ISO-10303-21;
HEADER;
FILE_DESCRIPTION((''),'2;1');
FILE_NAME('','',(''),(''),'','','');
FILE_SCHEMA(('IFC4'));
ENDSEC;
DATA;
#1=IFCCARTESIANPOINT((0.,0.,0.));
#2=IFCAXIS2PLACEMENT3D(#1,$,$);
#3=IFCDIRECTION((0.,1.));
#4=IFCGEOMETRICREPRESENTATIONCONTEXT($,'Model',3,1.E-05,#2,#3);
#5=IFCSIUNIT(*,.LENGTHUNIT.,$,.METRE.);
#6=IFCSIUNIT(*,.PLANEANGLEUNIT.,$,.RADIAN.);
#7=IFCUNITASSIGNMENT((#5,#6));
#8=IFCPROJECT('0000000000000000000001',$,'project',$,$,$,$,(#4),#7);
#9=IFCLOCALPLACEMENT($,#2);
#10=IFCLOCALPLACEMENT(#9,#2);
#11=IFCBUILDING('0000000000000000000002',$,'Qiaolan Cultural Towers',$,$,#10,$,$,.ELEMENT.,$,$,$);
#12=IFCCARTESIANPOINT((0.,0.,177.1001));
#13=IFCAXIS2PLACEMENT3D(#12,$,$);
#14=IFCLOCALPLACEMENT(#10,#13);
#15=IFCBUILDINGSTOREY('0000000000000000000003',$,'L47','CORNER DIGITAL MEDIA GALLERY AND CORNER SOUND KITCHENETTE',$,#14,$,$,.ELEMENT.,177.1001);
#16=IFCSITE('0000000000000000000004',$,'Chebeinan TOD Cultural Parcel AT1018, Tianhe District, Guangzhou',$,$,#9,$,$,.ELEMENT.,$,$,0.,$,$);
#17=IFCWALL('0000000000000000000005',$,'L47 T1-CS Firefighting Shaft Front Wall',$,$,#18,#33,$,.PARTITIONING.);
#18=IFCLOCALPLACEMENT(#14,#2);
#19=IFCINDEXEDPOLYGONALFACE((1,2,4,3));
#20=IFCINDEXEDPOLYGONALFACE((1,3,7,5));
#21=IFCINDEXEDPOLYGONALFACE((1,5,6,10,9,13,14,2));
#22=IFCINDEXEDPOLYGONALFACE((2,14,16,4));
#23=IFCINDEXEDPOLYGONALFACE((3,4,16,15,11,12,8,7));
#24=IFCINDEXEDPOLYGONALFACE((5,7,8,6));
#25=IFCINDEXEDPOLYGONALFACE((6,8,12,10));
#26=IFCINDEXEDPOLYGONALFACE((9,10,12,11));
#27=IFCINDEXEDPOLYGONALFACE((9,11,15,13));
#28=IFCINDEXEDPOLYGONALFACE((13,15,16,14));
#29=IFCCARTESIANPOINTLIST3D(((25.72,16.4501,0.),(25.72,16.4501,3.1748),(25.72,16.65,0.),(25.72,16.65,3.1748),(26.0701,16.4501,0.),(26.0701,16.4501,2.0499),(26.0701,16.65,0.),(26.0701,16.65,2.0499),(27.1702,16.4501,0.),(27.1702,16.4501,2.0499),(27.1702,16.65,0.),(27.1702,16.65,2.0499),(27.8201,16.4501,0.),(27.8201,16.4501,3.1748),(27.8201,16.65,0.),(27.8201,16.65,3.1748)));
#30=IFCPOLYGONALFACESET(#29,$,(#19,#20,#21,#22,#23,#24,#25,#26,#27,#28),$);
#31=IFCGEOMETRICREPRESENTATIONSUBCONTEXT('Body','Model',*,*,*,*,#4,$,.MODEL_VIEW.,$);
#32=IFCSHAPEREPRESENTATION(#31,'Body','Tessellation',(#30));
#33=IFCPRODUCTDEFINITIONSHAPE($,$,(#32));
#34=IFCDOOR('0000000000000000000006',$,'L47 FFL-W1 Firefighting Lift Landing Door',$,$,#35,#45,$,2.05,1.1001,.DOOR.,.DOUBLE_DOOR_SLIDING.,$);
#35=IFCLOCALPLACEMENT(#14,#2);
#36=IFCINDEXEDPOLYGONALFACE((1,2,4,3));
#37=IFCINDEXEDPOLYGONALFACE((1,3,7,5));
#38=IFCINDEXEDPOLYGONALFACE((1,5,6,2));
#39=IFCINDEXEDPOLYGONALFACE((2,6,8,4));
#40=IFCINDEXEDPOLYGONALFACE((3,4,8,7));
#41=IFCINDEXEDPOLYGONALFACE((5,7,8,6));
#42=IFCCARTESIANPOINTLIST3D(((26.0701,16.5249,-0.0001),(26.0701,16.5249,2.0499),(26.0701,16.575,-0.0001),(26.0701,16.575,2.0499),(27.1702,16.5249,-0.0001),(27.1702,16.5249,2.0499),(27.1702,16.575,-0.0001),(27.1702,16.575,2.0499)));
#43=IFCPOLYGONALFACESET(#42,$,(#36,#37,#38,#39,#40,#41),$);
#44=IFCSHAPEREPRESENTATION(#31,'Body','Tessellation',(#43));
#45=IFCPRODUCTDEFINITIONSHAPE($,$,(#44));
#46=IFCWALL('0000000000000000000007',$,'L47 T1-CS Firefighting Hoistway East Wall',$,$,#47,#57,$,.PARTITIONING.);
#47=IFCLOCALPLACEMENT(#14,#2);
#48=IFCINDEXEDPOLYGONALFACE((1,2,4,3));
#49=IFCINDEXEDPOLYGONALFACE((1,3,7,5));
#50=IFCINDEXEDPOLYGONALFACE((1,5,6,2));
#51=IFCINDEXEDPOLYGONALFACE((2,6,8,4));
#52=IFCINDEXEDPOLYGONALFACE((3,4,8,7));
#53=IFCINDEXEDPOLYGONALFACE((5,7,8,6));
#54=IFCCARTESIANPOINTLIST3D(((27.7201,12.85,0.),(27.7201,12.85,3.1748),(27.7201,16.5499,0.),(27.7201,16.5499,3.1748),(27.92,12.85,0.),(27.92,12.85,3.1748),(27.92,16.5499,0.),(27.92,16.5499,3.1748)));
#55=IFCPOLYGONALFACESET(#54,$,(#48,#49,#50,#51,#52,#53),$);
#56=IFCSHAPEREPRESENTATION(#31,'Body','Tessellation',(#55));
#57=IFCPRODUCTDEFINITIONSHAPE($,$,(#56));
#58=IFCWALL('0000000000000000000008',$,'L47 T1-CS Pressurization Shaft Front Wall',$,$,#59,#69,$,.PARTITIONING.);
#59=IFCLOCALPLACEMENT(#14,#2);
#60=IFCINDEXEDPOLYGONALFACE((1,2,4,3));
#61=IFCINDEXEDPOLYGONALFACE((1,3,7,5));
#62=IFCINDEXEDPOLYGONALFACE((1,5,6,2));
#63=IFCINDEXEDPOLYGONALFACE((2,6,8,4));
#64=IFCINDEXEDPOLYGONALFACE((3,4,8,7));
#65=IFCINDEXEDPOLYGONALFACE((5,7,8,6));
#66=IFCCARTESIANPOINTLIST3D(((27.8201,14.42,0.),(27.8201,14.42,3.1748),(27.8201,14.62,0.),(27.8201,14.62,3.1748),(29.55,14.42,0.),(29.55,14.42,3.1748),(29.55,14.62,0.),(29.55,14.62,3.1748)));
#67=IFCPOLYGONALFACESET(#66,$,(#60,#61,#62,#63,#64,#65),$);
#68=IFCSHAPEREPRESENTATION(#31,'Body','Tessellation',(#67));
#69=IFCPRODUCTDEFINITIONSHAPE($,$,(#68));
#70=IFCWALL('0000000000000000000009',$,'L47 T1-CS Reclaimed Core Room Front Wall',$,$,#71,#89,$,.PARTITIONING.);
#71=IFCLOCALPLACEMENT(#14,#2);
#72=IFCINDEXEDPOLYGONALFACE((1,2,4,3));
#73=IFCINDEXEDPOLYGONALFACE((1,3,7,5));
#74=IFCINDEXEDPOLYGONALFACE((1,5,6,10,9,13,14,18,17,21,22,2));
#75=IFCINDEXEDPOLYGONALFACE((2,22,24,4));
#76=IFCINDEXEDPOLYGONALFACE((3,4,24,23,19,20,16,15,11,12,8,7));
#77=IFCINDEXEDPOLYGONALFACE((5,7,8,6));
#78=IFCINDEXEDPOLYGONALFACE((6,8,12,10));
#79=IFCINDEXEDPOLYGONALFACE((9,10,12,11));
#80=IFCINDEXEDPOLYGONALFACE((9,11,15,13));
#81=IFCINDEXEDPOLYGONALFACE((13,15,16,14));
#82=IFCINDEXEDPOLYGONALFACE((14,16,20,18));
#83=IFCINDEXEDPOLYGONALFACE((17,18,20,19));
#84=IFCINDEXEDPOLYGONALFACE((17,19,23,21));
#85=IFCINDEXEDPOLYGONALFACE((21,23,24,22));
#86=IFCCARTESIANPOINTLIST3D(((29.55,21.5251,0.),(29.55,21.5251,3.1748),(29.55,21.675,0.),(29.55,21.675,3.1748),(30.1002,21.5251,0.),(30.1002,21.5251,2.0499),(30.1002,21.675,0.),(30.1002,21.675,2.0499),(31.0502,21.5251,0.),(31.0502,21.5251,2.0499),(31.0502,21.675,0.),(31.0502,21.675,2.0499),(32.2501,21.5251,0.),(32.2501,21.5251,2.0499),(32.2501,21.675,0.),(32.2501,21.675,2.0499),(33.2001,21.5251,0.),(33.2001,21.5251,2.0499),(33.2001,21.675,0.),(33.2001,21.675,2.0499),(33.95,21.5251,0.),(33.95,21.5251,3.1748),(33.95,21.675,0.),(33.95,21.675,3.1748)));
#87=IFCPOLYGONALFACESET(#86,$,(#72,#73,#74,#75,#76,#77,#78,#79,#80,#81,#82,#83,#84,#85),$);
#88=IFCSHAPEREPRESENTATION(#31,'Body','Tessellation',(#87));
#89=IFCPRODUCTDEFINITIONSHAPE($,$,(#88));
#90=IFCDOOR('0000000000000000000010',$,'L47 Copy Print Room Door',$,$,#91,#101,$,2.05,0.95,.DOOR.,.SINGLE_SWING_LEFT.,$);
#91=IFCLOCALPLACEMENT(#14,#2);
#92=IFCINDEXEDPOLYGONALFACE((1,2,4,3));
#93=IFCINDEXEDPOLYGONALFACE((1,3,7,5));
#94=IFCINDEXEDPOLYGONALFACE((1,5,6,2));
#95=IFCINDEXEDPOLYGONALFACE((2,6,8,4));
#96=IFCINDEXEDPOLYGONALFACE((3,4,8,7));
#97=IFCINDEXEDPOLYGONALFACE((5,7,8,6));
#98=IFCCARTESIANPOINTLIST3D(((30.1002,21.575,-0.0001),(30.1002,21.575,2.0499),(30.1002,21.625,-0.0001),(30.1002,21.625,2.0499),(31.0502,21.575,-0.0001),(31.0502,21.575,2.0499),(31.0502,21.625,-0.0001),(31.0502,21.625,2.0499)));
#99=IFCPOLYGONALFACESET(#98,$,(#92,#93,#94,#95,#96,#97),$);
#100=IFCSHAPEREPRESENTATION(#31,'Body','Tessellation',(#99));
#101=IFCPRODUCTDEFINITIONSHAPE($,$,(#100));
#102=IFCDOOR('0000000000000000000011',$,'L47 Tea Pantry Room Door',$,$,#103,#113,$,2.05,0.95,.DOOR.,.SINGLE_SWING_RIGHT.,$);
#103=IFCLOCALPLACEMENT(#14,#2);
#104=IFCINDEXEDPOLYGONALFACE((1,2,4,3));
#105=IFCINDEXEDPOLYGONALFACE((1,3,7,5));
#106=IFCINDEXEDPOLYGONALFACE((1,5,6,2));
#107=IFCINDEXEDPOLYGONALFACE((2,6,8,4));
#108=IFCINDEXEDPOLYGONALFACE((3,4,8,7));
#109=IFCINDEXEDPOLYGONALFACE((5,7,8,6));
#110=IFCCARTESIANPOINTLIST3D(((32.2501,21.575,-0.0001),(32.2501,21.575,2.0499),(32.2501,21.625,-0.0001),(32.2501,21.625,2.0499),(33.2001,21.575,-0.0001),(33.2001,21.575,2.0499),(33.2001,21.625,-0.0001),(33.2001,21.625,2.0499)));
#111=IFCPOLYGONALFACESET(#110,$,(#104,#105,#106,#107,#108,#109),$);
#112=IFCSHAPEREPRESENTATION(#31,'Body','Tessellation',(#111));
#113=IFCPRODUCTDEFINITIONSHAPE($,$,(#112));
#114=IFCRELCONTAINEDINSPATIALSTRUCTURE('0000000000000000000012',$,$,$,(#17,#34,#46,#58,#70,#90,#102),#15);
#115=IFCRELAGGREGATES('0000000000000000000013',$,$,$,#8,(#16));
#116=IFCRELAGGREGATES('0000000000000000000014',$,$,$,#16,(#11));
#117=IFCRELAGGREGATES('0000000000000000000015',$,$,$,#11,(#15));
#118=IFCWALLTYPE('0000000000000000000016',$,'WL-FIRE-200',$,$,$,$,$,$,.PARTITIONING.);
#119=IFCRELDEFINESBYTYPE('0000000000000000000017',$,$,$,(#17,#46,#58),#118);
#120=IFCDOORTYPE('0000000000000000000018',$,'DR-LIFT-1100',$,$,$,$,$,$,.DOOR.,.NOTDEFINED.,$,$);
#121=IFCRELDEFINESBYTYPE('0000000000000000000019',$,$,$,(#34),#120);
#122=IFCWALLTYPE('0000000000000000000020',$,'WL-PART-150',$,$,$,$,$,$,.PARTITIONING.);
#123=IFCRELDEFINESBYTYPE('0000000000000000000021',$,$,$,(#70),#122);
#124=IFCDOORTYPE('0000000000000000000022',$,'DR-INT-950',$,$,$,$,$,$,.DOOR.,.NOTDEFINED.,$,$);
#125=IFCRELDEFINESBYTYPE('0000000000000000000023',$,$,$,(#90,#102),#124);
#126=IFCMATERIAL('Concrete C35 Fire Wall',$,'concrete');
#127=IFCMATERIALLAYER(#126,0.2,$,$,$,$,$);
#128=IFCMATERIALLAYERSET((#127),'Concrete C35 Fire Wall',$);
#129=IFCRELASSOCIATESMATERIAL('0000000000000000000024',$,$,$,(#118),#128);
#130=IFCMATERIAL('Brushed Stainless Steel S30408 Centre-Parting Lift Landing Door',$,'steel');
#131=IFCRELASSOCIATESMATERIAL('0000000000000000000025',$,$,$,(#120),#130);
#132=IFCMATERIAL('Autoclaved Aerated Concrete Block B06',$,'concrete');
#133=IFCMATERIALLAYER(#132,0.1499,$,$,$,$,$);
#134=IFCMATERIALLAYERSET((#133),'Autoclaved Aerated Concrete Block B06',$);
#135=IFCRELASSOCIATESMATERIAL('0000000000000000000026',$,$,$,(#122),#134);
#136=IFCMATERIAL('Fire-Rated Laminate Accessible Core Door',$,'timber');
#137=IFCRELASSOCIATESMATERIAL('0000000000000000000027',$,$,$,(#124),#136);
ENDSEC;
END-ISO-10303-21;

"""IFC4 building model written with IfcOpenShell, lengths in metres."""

from ifc_helpers import new_model, si_unit, direction, frame, frame_2d, origin, place, context, subcontext, project, spatial, rectangle, extrude, material, layer, layer_set, type_object, element, fill, save


model = new_model("IFC4")

# Units and contexts
model_context = context("Model", 3, precision=1e-05, world=origin(), true_north=direction((0.0, 1.0)))
body_context = subcontext(model_context, "Body", "Model", "MODEL_VIEW")
ifc_project = project(units=[si_unit("LENGTHUNIT", "METRE"), si_unit("PLANEANGLEUNIT", "RADIAN")], contexts=[model_context])

# Site, building, storey
site_placement = place(None, origin())
site = spatial("IfcSite", under=ifc_project, at=site_placement, Name="Chebeinan TOD Cultural Parcel AT1018, Tianhe District, Guangzhou", CompositionType="ELEMENT", RefElevation=0.0)
building_placement = place(site_placement, origin())
building = spatial("IfcBuilding", under=site, at=building_placement, Name="Qiaolan Cultural Towers", CompositionType="ELEMENT")
storey_placement = place(building_placement, frame((0.0, 0.0, 177.1001)))
storey = spatial("IfcBuildingStorey", under=building, at=storey_placement, Name="L47", Description="CORNER DIGITAL MEDIA GALLERY AND CORNER SOUND KITCHENETTE", CompositionType="ELEMENT", Elevation=177.1001)

# Shared definitions
ifc_material_1 = material(Name="Concrete C35 Fire Wall", Category="concrete")
ifc_layer_1 = layer(ifc_material_1, 0.2)
ifc_layer_set_1 = layer_set([ifc_layer_1], Name="Concrete C35 Fire Wall")
wall_type_1 = type_object("IfcWallType", Name="WL-FIRE-200", PredefinedType="PARTITIONING", material=ifc_layer_set_1)

# Wall, opening, door
wall_1_placement = place(storey_placement, frame((25.72, 16.55, 0.0), z_axis=(0.0, 0.0, 1.0), x_axis=(1.0, 0.0, 0.0)))
wall_1 = element("IfcWall", 1, at=wall_1_placement, inside=storey, type_object=wall_type_1, Name="L47 T1-CS Firefighting Shaft Front Wall", PredefinedType="PARTITIONING", context=body_context, shape_type="SweptSolid", body=[
    extrude(rectangle(XDim=2.1001, YDim=0.2, at=frame_2d((1.05, 0.0))), origin(), (0.0, 0.0, 1.0), 3.1748),
])
opening_1_placement = place(wall_1_placement, frame((0.3501, 0.0, 0.0)))
opening_1 = element("IfcOpeningElement", 2, at=opening_1_placement, cuts=wall_1, PredefinedType="OPENING", context=body_context, shape_type="SweptSolid", body=[
    extrude(rectangle(XDim=1.1001, YDim=2.05, at=frame_2d((0.55, 1.0249))), frame((0.0, 0.1099, 0.0), z_axis=(0.0, -1.0, 0.0), x_axis=(1.0, 0.0, 0.0)), (0.0, 0.0, 1.0), 0.22),
])
ifc_material_2 = material(Name="Brushed Stainless Steel S30408 Centre-Parting Lift Landing Door", Category="steel")
door_type_1 = type_object("IfcDoorType", Name="DR-LIFT-1100", OperationType="NOTDEFINED", PredefinedType="DOOR", material=ifc_material_2)
door_1_placement = place(opening_1_placement, origin())
door_1 = element("IfcDoor", 3, at=door_1_placement, inside=storey, type_object=door_type_1, Name="L47 FFL-W1 Firefighting Lift Landing Door", OperationType="DOUBLE_DOOR_SLIDING", OverallHeight=2.05, OverallWidth=1.1001, PredefinedType="DOOR", context=body_context, shape_type="SweptSolid", body=[
    extrude(rectangle(XDim=1.1001, YDim=2.05, at=frame_2d((0.55, 1.0249))), frame((0.0, 0.0249, 0.0), z_axis=(0.0, -1.0, 0.0), x_axis=(1.0, 0.0, 0.0)), (0.0, 0.0, 1.0), 0.05),
])
fill(opening_1, door_1)

# Walls
wall_2_placement = place(storey_placement, frame((27.8201, 16.55, 0.0), z_axis=(0.0, 0.0, 1.0), x_axis=(0.0, -1.0, 0.0)))
element("IfcWall", 4, at=wall_2_placement, inside=storey, type_object=wall_type_1, Name="L47 T1-CS Firefighting Hoistway East Wall", PredefinedType="PARTITIONING", context=body_context, shape_type="SweptSolid", body=[
    extrude(rectangle(XDim=3.7, YDim=0.2, at=frame_2d((1.8501, 0.0))), origin(), (0.0, 0.0, 1.0), 3.1748),
])
wall_3_placement = place(storey_placement, frame((27.8201, 14.52, 0.0), z_axis=(0.0, 0.0, 1.0), x_axis=(1.0, 0.0, 0.0)))
element("IfcWall", 5, at=wall_3_placement, inside=storey, type_object=wall_type_1, Name="L47 T1-CS Pressurization Shaft Front Wall", PredefinedType="PARTITIONING", context=body_context, shape_type="SweptSolid", body=[
    extrude(rectangle(XDim=1.73, YDim=0.2, at=frame_2d((0.865, 0.0))), origin(), (0.0, 0.0, 1.0), 3.1748),
])

# Wall, openings, doors
ifc_material_3 = material(Name="Autoclaved Aerated Concrete Block B06", Category="concrete")
ifc_layer_2 = layer(ifc_material_3, 0.1499)
ifc_layer_set_2 = layer_set([ifc_layer_2], Name="Autoclaved Aerated Concrete Block B06")
wall_type_2 = type_object("IfcWallType", Name="WL-PART-150", PredefinedType="PARTITIONING", material=ifc_layer_set_2)
wall_4_placement = place(storey_placement, frame((29.55, 21.6001, 0.0), z_axis=(0.0, 0.0, 1.0), x_axis=(1.0, 0.0, 0.0)))
wall_4 = element("IfcWall", 6, at=wall_4_placement, inside=storey, type_object=wall_type_2, Name="L47 T1-CS Reclaimed Core Room Front Wall", PredefinedType="PARTITIONING", context=body_context, shape_type="SweptSolid", body=[
    extrude(rectangle(XDim=4.3999, YDim=0.1499, at=frame_2d((2.2, 0.0))), origin(), (0.0, 0.0, 1.0), 3.1748),
])
opening_2_placement = place(wall_4_placement, frame((0.55, 0.0, 0.0)))
opening_2 = element("IfcOpeningElement", 7, at=opening_2_placement, cuts=wall_4, PredefinedType="OPENING", context=body_context, shape_type="SweptSolid", body=[
    extrude(rectangle(XDim=0.95, YDim=2.05, at=frame_2d((0.4751, 1.0249))), frame((0.0, 0.085, 0.0), z_axis=(0.0, -1.0, 0.0), x_axis=(1.0, 0.0, 0.0)), (0.0, 0.0, 1.0), 0.1699),
])
opening_3_placement = place(wall_4_placement, frame((2.7, 0.0, 0.0)))
opening_3 = element("IfcOpeningElement", 8, at=opening_3_placement, cuts=wall_4, PredefinedType="OPENING", context=body_context, shape_type="SweptSolid", body=[
    extrude(rectangle(XDim=0.95, YDim=2.05, at=frame_2d((0.4751, 1.0249))), frame((0.0, 0.085, 0.0), z_axis=(0.0, -1.0, 0.0), x_axis=(1.0, 0.0, 0.0)), (0.0, 0.0, 1.0), 0.1699),
])
ifc_material_4 = material(Name="Fire-Rated Laminate Accessible Core Door", Category="timber")
door_type_2 = type_object("IfcDoorType", Name="DR-INT-950", OperationType="NOTDEFINED", PredefinedType="DOOR", material=ifc_material_4)
door_2_placement = place(opening_2_placement, origin())
door_2 = element("IfcDoor", 9, at=door_2_placement, inside=storey, type_object=door_type_2, Name="L47 Copy Print Room Door", OperationType="SINGLE_SWING_LEFT", OverallHeight=2.05, OverallWidth=0.95, PredefinedType="DOOR", context=body_context, shape_type="SweptSolid", body=[
    extrude(rectangle(XDim=0.95, YDim=2.05, at=frame_2d((0.4751, 1.0249))), frame((0.0, 0.0249, 0.0), z_axis=(0.0, -1.0, 0.0), x_axis=(1.0, 0.0, 0.0)), (0.0, 0.0, 1.0), 0.05),
])
fill(opening_2, door_2)
door_3_placement = place(opening_3_placement, origin())
door_3 = element("IfcDoor", 10, at=door_3_placement, inside=storey, type_object=door_type_2, Name="L47 Tea Pantry Room Door", OperationType="SINGLE_SWING_RIGHT", OverallHeight=2.05, OverallWidth=0.95, PredefinedType="DOOR", context=body_context, shape_type="SweptSolid", body=[
    extrude(rectangle(XDim=0.95, YDim=2.05, at=frame_2d((0.4751, 1.0249))), frame((0.0, 0.0249, 0.0), z_axis=(0.0, -1.0, 0.0), x_axis=(1.0, 0.0, 0.0)), (0.0, 0.0, 1.0), 0.05),
])
fill(opening_3, door_3)

save(model, "model.ifc")
